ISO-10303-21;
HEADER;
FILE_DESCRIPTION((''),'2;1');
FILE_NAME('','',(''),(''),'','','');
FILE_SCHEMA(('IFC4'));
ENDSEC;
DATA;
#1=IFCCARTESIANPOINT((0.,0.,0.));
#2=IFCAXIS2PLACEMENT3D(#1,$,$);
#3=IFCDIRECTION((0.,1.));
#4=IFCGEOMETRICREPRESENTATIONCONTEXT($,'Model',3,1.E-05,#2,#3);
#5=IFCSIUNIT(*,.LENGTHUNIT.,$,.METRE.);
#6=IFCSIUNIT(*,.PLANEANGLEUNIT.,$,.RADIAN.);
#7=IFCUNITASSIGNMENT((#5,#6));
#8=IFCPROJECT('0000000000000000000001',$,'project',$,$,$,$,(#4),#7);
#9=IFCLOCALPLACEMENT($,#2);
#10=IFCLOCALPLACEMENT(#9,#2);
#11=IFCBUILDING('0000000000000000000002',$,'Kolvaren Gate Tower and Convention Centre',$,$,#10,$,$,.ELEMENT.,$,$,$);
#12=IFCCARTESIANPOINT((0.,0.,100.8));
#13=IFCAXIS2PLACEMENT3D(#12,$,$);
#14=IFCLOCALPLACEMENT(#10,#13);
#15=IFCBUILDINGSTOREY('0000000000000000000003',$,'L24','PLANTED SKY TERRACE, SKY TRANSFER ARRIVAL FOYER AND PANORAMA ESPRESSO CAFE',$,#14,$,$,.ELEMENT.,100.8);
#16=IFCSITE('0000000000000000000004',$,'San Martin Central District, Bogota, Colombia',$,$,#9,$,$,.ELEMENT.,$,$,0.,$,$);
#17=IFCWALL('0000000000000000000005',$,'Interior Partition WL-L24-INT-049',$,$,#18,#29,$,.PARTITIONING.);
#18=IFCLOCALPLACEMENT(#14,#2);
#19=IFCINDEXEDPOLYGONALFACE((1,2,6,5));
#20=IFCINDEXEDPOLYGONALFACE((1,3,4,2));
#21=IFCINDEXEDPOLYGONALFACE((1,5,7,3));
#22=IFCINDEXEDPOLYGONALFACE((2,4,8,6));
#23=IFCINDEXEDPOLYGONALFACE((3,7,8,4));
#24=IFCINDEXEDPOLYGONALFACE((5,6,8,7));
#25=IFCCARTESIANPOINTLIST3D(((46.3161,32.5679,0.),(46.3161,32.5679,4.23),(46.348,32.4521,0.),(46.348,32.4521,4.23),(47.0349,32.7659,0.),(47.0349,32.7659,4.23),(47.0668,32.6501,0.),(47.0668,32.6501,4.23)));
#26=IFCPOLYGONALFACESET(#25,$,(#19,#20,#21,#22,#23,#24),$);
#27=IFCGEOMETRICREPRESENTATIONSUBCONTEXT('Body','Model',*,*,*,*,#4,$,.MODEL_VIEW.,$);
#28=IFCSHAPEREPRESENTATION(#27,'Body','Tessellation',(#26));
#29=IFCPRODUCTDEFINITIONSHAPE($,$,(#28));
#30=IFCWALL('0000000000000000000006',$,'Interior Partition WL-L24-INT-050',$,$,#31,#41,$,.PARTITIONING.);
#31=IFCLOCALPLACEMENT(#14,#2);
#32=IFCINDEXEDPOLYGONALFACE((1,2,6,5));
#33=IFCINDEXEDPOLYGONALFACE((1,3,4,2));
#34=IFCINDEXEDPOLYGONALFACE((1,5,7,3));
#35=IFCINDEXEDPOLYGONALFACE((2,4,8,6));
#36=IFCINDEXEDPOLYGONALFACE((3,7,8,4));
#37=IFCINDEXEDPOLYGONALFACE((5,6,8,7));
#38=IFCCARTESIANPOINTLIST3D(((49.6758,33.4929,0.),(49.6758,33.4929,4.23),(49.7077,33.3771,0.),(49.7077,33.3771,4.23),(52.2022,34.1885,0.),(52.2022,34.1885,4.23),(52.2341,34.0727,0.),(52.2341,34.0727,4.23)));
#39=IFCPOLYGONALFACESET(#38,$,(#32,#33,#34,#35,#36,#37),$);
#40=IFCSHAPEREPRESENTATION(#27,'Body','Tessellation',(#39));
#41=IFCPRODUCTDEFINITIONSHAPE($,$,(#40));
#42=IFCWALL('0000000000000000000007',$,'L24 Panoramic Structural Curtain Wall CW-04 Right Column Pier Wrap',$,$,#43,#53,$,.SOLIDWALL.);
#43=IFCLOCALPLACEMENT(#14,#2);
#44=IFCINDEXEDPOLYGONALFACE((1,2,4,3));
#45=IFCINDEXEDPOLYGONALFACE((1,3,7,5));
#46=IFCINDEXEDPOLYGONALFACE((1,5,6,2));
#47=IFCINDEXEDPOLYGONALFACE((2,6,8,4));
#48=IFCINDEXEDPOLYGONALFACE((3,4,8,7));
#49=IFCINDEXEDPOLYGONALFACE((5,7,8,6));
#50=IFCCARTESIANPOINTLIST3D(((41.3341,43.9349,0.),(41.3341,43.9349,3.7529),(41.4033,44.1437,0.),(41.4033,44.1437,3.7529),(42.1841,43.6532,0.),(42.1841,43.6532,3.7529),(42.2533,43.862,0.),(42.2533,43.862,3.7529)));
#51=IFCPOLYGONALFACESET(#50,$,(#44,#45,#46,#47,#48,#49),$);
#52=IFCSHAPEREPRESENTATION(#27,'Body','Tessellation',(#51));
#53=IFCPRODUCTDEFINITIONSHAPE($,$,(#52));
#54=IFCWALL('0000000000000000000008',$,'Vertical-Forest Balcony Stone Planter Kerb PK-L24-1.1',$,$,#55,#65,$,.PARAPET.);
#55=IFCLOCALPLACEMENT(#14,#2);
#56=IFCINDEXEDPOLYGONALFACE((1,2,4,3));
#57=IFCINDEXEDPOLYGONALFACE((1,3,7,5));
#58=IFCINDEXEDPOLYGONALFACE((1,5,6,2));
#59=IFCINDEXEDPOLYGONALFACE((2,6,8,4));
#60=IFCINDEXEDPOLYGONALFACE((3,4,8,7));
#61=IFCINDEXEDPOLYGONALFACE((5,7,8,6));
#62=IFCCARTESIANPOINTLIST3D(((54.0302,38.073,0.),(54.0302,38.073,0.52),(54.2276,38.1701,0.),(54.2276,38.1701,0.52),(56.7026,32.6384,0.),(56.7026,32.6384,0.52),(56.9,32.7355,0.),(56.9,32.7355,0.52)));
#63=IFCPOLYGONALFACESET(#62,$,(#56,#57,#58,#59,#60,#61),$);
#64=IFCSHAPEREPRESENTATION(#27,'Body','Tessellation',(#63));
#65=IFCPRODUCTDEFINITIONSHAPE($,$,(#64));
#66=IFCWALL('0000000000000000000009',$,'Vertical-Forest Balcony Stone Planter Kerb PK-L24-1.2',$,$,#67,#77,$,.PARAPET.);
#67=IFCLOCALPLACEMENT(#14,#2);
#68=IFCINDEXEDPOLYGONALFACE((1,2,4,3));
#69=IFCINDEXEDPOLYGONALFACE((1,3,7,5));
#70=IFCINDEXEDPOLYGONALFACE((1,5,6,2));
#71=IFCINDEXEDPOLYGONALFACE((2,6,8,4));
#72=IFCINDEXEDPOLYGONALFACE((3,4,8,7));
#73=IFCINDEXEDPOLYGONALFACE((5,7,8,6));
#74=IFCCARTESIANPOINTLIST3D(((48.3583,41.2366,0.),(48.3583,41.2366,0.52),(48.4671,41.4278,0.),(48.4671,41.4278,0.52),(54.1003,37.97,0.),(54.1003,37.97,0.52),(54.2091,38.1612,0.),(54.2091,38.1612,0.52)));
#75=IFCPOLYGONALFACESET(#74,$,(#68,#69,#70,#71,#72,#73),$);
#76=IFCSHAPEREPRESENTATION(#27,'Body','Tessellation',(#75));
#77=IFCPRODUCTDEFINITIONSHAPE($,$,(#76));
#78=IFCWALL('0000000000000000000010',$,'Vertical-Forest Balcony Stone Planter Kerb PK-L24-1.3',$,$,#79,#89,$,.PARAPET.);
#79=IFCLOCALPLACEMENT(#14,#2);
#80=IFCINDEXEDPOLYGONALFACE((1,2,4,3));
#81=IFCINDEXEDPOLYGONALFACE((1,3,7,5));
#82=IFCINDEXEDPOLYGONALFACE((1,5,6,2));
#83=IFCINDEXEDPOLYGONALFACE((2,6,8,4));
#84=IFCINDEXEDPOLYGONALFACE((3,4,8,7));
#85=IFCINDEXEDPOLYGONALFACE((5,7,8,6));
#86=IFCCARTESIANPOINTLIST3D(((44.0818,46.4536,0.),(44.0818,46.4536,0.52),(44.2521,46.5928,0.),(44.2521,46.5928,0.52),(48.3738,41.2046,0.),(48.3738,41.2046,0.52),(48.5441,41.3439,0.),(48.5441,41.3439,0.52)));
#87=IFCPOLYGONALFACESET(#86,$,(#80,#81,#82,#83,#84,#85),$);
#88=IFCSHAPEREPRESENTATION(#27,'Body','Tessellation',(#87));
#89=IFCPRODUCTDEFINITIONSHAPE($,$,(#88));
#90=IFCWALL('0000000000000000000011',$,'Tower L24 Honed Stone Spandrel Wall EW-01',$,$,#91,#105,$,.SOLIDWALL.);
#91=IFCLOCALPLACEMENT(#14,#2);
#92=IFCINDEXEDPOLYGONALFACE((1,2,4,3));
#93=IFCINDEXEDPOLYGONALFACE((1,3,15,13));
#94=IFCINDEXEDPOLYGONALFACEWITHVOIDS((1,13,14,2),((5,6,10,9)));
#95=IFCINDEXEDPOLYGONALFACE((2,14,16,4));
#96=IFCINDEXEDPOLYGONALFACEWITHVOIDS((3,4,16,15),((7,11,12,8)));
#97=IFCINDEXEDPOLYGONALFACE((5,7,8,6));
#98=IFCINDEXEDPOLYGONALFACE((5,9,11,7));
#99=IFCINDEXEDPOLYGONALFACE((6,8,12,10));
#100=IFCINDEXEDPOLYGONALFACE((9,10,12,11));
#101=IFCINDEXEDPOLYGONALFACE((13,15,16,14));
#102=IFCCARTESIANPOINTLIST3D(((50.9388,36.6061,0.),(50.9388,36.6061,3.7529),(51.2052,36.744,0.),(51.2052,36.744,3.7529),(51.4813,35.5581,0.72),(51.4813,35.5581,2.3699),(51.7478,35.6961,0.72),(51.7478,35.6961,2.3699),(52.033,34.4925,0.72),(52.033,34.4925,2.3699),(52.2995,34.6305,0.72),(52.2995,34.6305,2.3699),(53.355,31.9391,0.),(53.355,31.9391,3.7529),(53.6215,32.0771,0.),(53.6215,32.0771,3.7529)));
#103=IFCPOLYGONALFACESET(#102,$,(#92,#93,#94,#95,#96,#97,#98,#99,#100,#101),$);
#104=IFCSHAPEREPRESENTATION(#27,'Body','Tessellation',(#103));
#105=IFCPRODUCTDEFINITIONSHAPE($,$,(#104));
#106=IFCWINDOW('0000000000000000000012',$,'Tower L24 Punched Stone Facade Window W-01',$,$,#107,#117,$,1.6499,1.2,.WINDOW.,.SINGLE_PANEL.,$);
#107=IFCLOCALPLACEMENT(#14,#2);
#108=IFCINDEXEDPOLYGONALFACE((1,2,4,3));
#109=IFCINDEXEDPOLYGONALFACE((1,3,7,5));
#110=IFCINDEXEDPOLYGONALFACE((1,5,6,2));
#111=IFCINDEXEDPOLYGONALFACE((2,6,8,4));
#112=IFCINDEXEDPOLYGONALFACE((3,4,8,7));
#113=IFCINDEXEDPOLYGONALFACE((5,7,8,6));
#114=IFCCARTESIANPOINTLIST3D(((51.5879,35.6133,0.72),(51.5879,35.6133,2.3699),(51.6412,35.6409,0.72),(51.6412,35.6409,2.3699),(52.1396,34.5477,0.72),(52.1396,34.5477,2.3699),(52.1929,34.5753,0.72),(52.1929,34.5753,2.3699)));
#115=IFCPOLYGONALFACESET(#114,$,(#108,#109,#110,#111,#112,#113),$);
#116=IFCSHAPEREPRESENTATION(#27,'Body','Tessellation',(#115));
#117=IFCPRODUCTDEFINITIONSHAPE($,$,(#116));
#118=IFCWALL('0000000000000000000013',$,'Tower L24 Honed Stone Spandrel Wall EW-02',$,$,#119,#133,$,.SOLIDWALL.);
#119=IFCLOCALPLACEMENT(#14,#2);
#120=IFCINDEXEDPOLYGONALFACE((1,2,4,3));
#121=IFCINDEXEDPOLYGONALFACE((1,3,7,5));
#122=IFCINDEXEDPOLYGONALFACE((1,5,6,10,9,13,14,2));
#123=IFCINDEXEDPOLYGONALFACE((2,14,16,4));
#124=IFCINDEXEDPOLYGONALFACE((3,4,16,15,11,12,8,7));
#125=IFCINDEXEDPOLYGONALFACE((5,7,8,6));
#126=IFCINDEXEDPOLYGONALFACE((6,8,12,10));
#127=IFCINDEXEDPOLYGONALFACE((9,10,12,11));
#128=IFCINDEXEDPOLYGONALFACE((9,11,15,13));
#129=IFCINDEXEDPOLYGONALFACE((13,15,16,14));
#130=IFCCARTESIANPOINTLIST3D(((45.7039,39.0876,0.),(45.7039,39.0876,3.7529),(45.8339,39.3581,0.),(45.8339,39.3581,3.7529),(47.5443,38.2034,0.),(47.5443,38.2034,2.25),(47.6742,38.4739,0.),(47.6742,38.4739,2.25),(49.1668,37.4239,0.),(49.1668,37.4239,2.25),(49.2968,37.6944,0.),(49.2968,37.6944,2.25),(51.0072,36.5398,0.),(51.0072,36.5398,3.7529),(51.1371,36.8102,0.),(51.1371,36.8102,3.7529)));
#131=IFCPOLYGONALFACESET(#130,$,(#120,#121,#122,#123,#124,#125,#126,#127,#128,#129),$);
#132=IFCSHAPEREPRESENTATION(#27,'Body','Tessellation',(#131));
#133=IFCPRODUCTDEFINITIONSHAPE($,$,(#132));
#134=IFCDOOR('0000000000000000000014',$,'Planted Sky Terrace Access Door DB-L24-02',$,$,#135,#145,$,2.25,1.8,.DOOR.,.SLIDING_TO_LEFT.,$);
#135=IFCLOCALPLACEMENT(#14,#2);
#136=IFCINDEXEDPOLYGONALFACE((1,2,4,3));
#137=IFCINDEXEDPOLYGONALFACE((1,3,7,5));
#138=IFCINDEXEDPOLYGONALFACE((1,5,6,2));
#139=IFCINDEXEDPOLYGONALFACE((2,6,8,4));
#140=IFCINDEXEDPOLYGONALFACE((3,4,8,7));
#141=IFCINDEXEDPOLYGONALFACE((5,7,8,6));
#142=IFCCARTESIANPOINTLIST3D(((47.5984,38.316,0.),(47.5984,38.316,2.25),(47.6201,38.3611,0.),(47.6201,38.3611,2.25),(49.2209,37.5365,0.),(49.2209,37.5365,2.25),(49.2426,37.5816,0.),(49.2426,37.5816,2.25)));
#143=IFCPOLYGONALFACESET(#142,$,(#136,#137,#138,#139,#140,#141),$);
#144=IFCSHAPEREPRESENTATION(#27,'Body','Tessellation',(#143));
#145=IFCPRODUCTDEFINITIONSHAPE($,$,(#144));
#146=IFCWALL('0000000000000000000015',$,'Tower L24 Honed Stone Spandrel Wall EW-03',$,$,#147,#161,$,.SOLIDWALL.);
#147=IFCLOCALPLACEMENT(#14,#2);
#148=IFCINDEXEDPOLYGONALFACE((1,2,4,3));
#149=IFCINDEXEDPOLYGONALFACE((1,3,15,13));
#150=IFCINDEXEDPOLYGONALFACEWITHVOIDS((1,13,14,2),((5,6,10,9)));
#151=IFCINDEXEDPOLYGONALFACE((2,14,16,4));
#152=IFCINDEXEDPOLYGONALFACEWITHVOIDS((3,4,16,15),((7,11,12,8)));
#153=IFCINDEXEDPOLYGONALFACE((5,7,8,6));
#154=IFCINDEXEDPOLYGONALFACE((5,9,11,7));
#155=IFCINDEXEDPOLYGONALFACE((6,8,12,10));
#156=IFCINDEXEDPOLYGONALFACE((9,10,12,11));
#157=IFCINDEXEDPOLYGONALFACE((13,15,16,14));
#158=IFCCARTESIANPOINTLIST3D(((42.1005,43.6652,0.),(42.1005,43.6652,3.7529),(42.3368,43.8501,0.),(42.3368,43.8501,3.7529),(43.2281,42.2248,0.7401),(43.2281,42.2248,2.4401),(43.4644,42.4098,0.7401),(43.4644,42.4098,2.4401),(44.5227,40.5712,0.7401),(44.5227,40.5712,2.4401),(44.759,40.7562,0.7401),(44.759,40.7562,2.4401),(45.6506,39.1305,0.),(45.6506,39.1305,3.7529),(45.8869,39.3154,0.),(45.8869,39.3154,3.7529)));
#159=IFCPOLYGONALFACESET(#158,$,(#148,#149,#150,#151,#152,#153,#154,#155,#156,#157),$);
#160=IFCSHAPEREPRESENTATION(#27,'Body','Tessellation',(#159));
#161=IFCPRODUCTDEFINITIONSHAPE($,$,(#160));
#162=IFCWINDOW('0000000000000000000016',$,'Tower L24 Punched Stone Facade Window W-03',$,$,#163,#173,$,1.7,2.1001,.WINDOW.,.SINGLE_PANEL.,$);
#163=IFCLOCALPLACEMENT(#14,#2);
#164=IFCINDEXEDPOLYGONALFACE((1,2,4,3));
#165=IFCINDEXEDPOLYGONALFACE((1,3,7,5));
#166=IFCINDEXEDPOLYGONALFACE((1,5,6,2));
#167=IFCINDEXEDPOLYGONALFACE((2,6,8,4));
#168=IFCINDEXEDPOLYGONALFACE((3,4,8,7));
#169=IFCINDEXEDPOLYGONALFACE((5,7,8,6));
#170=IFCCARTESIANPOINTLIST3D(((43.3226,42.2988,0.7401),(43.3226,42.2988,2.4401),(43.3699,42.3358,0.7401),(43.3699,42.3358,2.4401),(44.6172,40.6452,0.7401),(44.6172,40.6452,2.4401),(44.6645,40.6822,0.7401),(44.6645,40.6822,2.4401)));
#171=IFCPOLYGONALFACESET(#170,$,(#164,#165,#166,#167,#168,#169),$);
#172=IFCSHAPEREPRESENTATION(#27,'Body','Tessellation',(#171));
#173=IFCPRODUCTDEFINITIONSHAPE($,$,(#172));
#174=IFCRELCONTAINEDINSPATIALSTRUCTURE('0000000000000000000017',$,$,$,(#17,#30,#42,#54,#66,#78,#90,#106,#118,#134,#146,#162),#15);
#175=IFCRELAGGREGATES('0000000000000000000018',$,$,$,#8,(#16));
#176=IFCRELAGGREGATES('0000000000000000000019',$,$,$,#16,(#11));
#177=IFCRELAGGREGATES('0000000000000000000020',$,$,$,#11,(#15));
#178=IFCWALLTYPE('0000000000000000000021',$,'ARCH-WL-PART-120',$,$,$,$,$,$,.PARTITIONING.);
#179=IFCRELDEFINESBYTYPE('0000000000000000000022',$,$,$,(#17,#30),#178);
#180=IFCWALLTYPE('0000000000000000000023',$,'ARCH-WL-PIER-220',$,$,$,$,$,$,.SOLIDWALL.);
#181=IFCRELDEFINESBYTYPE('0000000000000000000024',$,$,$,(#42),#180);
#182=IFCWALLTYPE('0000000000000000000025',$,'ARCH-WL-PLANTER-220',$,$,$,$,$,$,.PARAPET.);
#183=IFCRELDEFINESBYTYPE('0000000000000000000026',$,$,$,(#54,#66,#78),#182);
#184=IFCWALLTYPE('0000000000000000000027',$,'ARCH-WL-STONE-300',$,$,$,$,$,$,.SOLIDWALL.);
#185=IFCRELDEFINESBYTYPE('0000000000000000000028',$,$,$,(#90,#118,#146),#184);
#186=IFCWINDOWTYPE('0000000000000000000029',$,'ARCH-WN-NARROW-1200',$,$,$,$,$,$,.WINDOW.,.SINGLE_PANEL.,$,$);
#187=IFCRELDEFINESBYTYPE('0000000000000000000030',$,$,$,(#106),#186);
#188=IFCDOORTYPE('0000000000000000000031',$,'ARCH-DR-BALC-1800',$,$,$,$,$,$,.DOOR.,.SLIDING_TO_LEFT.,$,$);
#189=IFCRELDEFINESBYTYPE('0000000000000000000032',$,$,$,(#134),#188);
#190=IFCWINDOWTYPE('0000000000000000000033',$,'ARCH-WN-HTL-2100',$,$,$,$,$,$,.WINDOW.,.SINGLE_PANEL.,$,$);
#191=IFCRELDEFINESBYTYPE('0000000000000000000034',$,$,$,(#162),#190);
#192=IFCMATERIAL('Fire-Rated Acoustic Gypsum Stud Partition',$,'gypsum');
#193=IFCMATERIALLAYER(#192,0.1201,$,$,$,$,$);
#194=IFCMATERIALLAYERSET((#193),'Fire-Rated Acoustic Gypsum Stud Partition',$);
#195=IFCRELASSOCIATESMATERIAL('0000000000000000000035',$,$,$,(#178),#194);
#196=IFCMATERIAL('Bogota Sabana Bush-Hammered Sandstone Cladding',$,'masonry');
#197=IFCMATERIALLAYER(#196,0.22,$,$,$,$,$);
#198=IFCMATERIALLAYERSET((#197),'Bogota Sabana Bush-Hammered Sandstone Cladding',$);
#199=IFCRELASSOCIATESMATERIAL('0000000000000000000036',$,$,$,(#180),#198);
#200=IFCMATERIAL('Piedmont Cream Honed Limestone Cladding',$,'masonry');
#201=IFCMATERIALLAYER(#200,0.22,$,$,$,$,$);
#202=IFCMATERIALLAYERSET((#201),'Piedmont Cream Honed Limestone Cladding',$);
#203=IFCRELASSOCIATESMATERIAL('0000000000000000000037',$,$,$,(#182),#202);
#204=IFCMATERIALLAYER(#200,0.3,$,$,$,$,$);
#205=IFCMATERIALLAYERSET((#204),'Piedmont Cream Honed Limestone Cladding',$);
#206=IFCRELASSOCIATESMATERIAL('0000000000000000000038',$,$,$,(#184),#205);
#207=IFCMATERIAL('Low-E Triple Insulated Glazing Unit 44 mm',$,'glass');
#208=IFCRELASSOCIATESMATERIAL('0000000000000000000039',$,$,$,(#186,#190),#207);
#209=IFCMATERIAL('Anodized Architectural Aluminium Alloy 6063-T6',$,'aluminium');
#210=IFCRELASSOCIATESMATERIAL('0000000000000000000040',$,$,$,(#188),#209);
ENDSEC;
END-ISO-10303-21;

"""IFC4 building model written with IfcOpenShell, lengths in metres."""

from ifc_helpers import new_model, si_unit, direction, frame, frame_2d, origin, place, context, subcontext, project, spatial, rectangle, extrude, material, layer, layer_set, type_object, element, fill, save


model = new_model("IFC4")

# Units and contexts
model_context = context("Model", 3, precision=1e-05, world=origin(), true_north=direction((0.0, 1.0)))
body_context = subcontext(model_context, "Body", "Model", "MODEL_VIEW")
ifc_project = project(units=[si_unit("LENGTHUNIT", "METRE"), si_unit("PLANEANGLEUNIT", "RADIAN")], contexts=[model_context])

# Site, building, storey
site_placement = place(None, origin())
site = spatial("IfcSite", under=ifc_project, at=site_placement, Name="San Martin Central District, Bogota, Colombia", CompositionType="ELEMENT", RefElevation=0.0)
building_placement = place(site_placement, origin())
building = spatial("IfcBuilding", under=site, at=building_placement, Name="Kolvaren Gate Tower and Convention Centre", CompositionType="ELEMENT")
storey_placement = place(building_placement, frame((0.0, 0.0, 100.8)))
storey = spatial("IfcBuildingStorey", under=building, at=storey_placement, Name="L24", Description="PLANTED SKY TERRACE, SKY TRANSFER ARRIVAL FOYER AND PANORAMA ESPRESSO CAFE", CompositionType="ELEMENT", Elevation=100.8)

# Shared definitions
ifc_material_1 = material(Name="Anodized Architectural Aluminium Alloy 6063-T6", Category="aluminium")

# Shared definitions
ifc_material_2 = material(Name="Low-E Triple Insulated Glazing Unit 44 mm", Category="glass")

# Shared definitions
ifc_material_3 = material(Name="Fire-Rated Acoustic Gypsum Stud Partition", Category="gypsum")
ifc_layer_1 = layer(ifc_material_3, 0.1201)
ifc_layer_set_1 = layer_set([ifc_layer_1], Name="Fire-Rated Acoustic Gypsum Stud Partition")
wall_type_1 = type_object("IfcWallType", Name="ARCH-WL-PART-120", PredefinedType="PARTITIONING", material=ifc_layer_set_1)

# Walls
wall_1_placement = place(storey_placement, frame((46.332, 32.51, 0.0), z_axis=(0.0, 0.0, 1.0), x_axis=(0.964088, 0.265583, 0.0)))
element("IfcWall", 1, at=wall_1_placement, inside=storey, type_object=wall_type_1, Name="Interior Partition WL-L24-INT-049", PredefinedType="PARTITIONING", context=body_context, shape_type="SweptSolid", body=[
    extrude(rectangle(XDim=0.7456, YDim=0.1201, at=frame_2d((0.3728, 0.0))), origin(), (0.0, 0.0, 1.0), 4.23),
])
wall_2_placement = place(storey_placement, frame((49.6919, 33.4351, 0.0), z_axis=(0.0, 0.0, 1.0), x_axis=(0.964127, 0.265442, 0.0)))
element("IfcWall", 2, at=wall_2_placement, inside=storey, type_object=wall_type_1, Name="Interior Partition WL-L24-INT-050", PredefinedType="PARTITIONING", context=body_context, shape_type="SweptSolid", body=[
    extrude(rectangle(XDim=2.6204, YDim=0.1201, at=frame_2d((1.3101, 0.0))), origin(), (0.0, 0.0, 1.0), 4.23),
])
ifc_material_4 = material(Name="Bogota Sabana Bush-Hammered Sandstone Cladding", Category="masonry")
ifc_layer_2 = layer(ifc_material_4, 0.22)
ifc_layer_set_2 = layer_set([ifc_layer_2], Name="Bogota Sabana Bush-Hammered Sandstone Cladding")
wall_type_2 = type_object("IfcWallType", Name="ARCH-WL-PIER-220", PredefinedType="SOLIDWALL", material=ifc_layer_set_2)
wall_3_placement = place(storey_placement, frame((41.3687, 44.0393, 0.0), z_axis=(0.0, 0.0, 1.0), x_axis=(0.949227, -0.314592, 0.0)))
element("IfcWall", 3, at=wall_3_placement, inside=storey, type_object=wall_type_2, Name="L24 Panoramic Structural Curtain Wall CW-04 Right Column Pier Wrap", PredefinedType="SOLIDWALL", context=body_context, shape_type="SweptSolid", body=[
    extrude(rectangle(XDim=0.8955, YDim=0.22, at=frame_2d((0.4478, 0.0))), origin(), (0.0, 0.0, 1.0), 3.7529),
])
ifc_material_5 = material(Name="Piedmont Cream Honed Limestone Cladding", Category="masonry")
ifc_layer_3 = layer(ifc_material_5, 0.22)
ifc_layer_set_3 = layer_set([ifc_layer_3], Name="Piedmont Cream Honed Limestone Cladding")
wall_type_3 = type_object("IfcWallType", Name="ARCH-WL-PLANTER-220", PredefinedType="PARAPET", material=ifc_layer_set_3)
wall_4_placement = place(storey_placement, frame((54.1289, 38.1216, 0.0), z_axis=(0.0, 0.0, 1.0), x_axis=(0.44127, -0.897375, 0.0)))
element("IfcWall", 4, at=wall_4_placement, inside=storey, type_object=wall_type_3, Name="Vertical-Forest Balcony Stone Planter Kerb PK-L24-1.1", PredefinedType="PARAPET", context=body_context, shape_type="SweptSolid", body=[
    extrude(rectangle(XDim=6.0562, YDim=0.22, at=frame_2d((3.0281, 0.0))), origin(), (0.0, 0.0, 1.0), 0.52),
])
wall_5_placement = place(storey_placement, frame((48.4126, 41.3323, 0.0), z_axis=(0.0, 0.0, 1.0), x_axis=(0.869188, -0.494482, 0.0)))
element("IfcWall", 5, at=wall_5_placement, inside=storey, type_object=wall_type_3, Name="Vertical-Forest Balcony Stone Planter Kerb PK-L24-1.2", PredefinedType="PARAPET", context=body_context, shape_type="SweptSolid", body=[
    extrude(rectangle(XDim=6.6062, YDim=0.22, at=frame_2d((3.3032, 0.0))), origin(), (0.0, 0.0, 1.0), 0.52),
])
wall_6_placement = place(storey_placement, frame((44.167, 46.5232, 0.0), z_axis=(0.0, 0.0, 1.0), x_axis=(0.633002, -0.77415, 0.0)))
element("IfcWall", 6, at=wall_6_placement, inside=storey, type_object=wall_type_3, Name="Vertical-Forest Balcony Stone Planter Kerb PK-L24-1.3", PredefinedType="PARAPET", context=body_context, shape_type="SweptSolid", body=[
    extrude(rectangle(XDim=6.7803, YDim=0.22, at=frame_2d((3.3901, 0.0))), origin(), (0.0, 0.0, 1.0), 0.52),
])

# Wall, opening, window
ifc_layer_4 = layer(ifc_material_5, 0.3)
ifc_layer_set_4 = layer_set([ifc_layer_4], Name="Piedmont Cream Honed Limestone Cladding")
wall_type_4 = type_object("IfcWallType", Name="ARCH-WL-STONE-300", PredefinedType="SOLIDWALL", material=ifc_layer_set_4)
wall_7_placement = place(storey_placement, frame((51.072, 36.675, 0.0), z_axis=(0.0, 0.0, 1.0), x_axis=(0.459768, -0.888039, 0.0)))
wall_7 = element("IfcWall", 7, at=wall_7_placement, inside=storey, type_object=wall_type_4, Name="Tower L24 Honed Stone Spandrel Wall EW-01", PredefinedType="SOLIDWALL", context=body_context, shape_type="SweptSolid", body=[
    extrude(rectangle(XDim=5.2554, YDim=0.3, at=frame_2d((2.6277, 0.0))), origin(), (0.0, 0.0, 1.0), 3.7529),
])
opening_1_placement = place(wall_7_placement, frame((1.1799, 0.0, 0.72)))
opening_1 = element("IfcOpeningElement", 8, at=opening_1_placement, cuts=wall_7, PredefinedType="OPENING", context=body_context, shape_type="SweptSolid", body=[
    extrude(rectangle(XDim=1.2, YDim=1.6499, at=frame_2d((0.6001, 0.825))), frame((0.0, 0.1599, 0.0), z_axis=(0.0, -1.0, 0.0), x_axis=(1.0, 0.0, 0.0)), (0.0, 0.0, 1.0), 0.3201),
])
window_type_1 = type_object("IfcWindowType", Name="ARCH-WN-NARROW-1200", PartitioningType="SINGLE_PANEL", PredefinedType="WINDOW", material=ifc_material_2)
window_1_placement = place(opening_1_placement, origin())
window_1 = element("IfcWindow", 9, at=window_1_placement, inside=storey, type_object=window_type_1, Name="Tower L24 Punched Stone Facade Window W-01", OverallHeight=1.6499, OverallWidth=1.2, PartitioningType="SINGLE_PANEL", PredefinedType="WINDOW", context=body_context, shape_type="SweptSolid", body=[
    extrude(rectangle(XDim=1.2, YDim=1.6499, at=frame_2d((0.6001, 0.825))), frame((0.0, 0.03, 0.0), z_axis=(0.0, -1.0, 0.0), x_axis=(1.0, 0.0, 0.0)), (0.0, 0.0, 1.0), 0.0601),
])
fill(opening_1, window_1)

# Wall, opening, door
wall_8_placement = place(storey_placement, frame((45.7688, 39.2229, 0.0), z_axis=(0.0, 0.0, 1.0), x_axis=(0.90137, -0.433049, 0.0)))
wall_8 = element("IfcWall", 10, at=wall_8_placement, inside=storey, type_object=wall_type_4, Name="Tower L24 Honed Stone Spandrel Wall EW-02", PredefinedType="SOLIDWALL", context=body_context, shape_type="SweptSolid", body=[
    extrude(rectangle(XDim=5.8835, YDim=0.3, at=frame_2d((2.9419, 0.0))), origin(), (0.0, 0.0, 1.0), 3.7529),
])
opening_2_placement = place(wall_8_placement, frame((2.042, 0.0, 0.0)))
opening_2 = element("IfcOpeningElement", 11, at=opening_2_placement, cuts=wall_8, PredefinedType="OPENING", context=body_context, shape_type="SweptSolid", body=[
    extrude(rectangle(XDim=1.8, YDim=2.25, at=frame_2d((0.8999, 1.125))), frame((0.0, 0.1599, 0.0), z_axis=(0.0, -1.0, 0.0), x_axis=(1.0, 0.0, 0.0)), (0.0, 0.0, 1.0), 0.3201),
])
door_type_1 = type_object("IfcDoorType", Name="ARCH-DR-BALC-1800", OperationType="SLIDING_TO_LEFT", PredefinedType="DOOR", material=ifc_material_1)
door_1_placement = place(opening_2_placement, origin())
door_1 = element("IfcDoor", 12, at=door_1_placement, inside=storey, type_object=door_type_1, Name="Planted Sky Terrace Access Door DB-L24-02", OperationType="SLIDING_TO_LEFT", OverallHeight=2.25, OverallWidth=1.8, PredefinedType="DOOR", context=body_context, shape_type="SweptSolid", body=[
    extrude(rectangle(XDim=1.8, YDim=2.25, at=frame_2d((0.8999, 1.125))), frame((0.0, 0.0249, 0.0), z_axis=(0.0, -1.0, 0.0), x_axis=(1.0, 0.0, 0.0)), (0.0, 0.0, 1.0), 0.05),
])
fill(opening_2, door_1)

# Wall, opening, window
wall_9_placement = place(storey_placement, frame((42.2188, 43.7576, 0.0), z_axis=(0.0, 0.0, 1.0), x_axis=(0.616435, -0.787406, 0.0)))
wall_9 = element("IfcWall", 13, at=wall_9_placement, inside=storey, type_object=wall_type_4, Name="Tower L24 Honed Stone Spandrel Wall EW-03", PredefinedType="SOLIDWALL", context=body_context, shape_type="SweptSolid", body=[
    extrude(rectangle(XDim=5.759, YDim=0.3, at=frame_2d((2.8794, 0.0))), origin(), (0.0, 0.0, 1.0), 3.7529),
])
opening_3_placement = place(wall_9_placement, frame((1.8291, 0.0, 0.74)))
opening_3 = element("IfcOpeningElement", 14, at=opening_3_placement, cuts=wall_9, PredefinedType="OPENING", context=body_context, shape_type="SweptSolid", body=[
    extrude(rectangle(XDim=2.1001, YDim=1.7, at=frame_2d((1.05, 0.8501))), frame((0.0, 0.1599, 0.0), z_axis=(0.0, -1.0, 0.0), x_axis=(1.0, 0.0, 0.0)), (0.0, 0.0, 1.0), 0.3201),
])
window_type_2 = type_object("IfcWindowType", Name="ARCH-WN-HTL-2100", PartitioningType="SINGLE_PANEL", PredefinedType="WINDOW", material=ifc_material_2)
window_2_placement = place(opening_3_placement, origin())
window_2 = element("IfcWindow", 15, at=window_2_placement, inside=storey, type_object=window_type_2, Name="Tower L24 Punched Stone Facade Window W-03", OverallHeight=1.7, OverallWidth=2.1001, PartitioningType="SINGLE_PANEL", PredefinedType="WINDOW", context=body_context, shape_type="SweptSolid", body=[
    extrude(rectangle(XDim=2.1001, YDim=1.7, at=frame_2d((1.05, 0.8501))), frame((0.0, 0.03, 0.0), z_axis=(0.0, -1.0, 0.0), x_axis=(1.0, 0.0, 0.0)), (0.0, 0.0, 1.0), 0.0601),
])
fill(opening_3, window_2)

save(model, "model.ifc")
